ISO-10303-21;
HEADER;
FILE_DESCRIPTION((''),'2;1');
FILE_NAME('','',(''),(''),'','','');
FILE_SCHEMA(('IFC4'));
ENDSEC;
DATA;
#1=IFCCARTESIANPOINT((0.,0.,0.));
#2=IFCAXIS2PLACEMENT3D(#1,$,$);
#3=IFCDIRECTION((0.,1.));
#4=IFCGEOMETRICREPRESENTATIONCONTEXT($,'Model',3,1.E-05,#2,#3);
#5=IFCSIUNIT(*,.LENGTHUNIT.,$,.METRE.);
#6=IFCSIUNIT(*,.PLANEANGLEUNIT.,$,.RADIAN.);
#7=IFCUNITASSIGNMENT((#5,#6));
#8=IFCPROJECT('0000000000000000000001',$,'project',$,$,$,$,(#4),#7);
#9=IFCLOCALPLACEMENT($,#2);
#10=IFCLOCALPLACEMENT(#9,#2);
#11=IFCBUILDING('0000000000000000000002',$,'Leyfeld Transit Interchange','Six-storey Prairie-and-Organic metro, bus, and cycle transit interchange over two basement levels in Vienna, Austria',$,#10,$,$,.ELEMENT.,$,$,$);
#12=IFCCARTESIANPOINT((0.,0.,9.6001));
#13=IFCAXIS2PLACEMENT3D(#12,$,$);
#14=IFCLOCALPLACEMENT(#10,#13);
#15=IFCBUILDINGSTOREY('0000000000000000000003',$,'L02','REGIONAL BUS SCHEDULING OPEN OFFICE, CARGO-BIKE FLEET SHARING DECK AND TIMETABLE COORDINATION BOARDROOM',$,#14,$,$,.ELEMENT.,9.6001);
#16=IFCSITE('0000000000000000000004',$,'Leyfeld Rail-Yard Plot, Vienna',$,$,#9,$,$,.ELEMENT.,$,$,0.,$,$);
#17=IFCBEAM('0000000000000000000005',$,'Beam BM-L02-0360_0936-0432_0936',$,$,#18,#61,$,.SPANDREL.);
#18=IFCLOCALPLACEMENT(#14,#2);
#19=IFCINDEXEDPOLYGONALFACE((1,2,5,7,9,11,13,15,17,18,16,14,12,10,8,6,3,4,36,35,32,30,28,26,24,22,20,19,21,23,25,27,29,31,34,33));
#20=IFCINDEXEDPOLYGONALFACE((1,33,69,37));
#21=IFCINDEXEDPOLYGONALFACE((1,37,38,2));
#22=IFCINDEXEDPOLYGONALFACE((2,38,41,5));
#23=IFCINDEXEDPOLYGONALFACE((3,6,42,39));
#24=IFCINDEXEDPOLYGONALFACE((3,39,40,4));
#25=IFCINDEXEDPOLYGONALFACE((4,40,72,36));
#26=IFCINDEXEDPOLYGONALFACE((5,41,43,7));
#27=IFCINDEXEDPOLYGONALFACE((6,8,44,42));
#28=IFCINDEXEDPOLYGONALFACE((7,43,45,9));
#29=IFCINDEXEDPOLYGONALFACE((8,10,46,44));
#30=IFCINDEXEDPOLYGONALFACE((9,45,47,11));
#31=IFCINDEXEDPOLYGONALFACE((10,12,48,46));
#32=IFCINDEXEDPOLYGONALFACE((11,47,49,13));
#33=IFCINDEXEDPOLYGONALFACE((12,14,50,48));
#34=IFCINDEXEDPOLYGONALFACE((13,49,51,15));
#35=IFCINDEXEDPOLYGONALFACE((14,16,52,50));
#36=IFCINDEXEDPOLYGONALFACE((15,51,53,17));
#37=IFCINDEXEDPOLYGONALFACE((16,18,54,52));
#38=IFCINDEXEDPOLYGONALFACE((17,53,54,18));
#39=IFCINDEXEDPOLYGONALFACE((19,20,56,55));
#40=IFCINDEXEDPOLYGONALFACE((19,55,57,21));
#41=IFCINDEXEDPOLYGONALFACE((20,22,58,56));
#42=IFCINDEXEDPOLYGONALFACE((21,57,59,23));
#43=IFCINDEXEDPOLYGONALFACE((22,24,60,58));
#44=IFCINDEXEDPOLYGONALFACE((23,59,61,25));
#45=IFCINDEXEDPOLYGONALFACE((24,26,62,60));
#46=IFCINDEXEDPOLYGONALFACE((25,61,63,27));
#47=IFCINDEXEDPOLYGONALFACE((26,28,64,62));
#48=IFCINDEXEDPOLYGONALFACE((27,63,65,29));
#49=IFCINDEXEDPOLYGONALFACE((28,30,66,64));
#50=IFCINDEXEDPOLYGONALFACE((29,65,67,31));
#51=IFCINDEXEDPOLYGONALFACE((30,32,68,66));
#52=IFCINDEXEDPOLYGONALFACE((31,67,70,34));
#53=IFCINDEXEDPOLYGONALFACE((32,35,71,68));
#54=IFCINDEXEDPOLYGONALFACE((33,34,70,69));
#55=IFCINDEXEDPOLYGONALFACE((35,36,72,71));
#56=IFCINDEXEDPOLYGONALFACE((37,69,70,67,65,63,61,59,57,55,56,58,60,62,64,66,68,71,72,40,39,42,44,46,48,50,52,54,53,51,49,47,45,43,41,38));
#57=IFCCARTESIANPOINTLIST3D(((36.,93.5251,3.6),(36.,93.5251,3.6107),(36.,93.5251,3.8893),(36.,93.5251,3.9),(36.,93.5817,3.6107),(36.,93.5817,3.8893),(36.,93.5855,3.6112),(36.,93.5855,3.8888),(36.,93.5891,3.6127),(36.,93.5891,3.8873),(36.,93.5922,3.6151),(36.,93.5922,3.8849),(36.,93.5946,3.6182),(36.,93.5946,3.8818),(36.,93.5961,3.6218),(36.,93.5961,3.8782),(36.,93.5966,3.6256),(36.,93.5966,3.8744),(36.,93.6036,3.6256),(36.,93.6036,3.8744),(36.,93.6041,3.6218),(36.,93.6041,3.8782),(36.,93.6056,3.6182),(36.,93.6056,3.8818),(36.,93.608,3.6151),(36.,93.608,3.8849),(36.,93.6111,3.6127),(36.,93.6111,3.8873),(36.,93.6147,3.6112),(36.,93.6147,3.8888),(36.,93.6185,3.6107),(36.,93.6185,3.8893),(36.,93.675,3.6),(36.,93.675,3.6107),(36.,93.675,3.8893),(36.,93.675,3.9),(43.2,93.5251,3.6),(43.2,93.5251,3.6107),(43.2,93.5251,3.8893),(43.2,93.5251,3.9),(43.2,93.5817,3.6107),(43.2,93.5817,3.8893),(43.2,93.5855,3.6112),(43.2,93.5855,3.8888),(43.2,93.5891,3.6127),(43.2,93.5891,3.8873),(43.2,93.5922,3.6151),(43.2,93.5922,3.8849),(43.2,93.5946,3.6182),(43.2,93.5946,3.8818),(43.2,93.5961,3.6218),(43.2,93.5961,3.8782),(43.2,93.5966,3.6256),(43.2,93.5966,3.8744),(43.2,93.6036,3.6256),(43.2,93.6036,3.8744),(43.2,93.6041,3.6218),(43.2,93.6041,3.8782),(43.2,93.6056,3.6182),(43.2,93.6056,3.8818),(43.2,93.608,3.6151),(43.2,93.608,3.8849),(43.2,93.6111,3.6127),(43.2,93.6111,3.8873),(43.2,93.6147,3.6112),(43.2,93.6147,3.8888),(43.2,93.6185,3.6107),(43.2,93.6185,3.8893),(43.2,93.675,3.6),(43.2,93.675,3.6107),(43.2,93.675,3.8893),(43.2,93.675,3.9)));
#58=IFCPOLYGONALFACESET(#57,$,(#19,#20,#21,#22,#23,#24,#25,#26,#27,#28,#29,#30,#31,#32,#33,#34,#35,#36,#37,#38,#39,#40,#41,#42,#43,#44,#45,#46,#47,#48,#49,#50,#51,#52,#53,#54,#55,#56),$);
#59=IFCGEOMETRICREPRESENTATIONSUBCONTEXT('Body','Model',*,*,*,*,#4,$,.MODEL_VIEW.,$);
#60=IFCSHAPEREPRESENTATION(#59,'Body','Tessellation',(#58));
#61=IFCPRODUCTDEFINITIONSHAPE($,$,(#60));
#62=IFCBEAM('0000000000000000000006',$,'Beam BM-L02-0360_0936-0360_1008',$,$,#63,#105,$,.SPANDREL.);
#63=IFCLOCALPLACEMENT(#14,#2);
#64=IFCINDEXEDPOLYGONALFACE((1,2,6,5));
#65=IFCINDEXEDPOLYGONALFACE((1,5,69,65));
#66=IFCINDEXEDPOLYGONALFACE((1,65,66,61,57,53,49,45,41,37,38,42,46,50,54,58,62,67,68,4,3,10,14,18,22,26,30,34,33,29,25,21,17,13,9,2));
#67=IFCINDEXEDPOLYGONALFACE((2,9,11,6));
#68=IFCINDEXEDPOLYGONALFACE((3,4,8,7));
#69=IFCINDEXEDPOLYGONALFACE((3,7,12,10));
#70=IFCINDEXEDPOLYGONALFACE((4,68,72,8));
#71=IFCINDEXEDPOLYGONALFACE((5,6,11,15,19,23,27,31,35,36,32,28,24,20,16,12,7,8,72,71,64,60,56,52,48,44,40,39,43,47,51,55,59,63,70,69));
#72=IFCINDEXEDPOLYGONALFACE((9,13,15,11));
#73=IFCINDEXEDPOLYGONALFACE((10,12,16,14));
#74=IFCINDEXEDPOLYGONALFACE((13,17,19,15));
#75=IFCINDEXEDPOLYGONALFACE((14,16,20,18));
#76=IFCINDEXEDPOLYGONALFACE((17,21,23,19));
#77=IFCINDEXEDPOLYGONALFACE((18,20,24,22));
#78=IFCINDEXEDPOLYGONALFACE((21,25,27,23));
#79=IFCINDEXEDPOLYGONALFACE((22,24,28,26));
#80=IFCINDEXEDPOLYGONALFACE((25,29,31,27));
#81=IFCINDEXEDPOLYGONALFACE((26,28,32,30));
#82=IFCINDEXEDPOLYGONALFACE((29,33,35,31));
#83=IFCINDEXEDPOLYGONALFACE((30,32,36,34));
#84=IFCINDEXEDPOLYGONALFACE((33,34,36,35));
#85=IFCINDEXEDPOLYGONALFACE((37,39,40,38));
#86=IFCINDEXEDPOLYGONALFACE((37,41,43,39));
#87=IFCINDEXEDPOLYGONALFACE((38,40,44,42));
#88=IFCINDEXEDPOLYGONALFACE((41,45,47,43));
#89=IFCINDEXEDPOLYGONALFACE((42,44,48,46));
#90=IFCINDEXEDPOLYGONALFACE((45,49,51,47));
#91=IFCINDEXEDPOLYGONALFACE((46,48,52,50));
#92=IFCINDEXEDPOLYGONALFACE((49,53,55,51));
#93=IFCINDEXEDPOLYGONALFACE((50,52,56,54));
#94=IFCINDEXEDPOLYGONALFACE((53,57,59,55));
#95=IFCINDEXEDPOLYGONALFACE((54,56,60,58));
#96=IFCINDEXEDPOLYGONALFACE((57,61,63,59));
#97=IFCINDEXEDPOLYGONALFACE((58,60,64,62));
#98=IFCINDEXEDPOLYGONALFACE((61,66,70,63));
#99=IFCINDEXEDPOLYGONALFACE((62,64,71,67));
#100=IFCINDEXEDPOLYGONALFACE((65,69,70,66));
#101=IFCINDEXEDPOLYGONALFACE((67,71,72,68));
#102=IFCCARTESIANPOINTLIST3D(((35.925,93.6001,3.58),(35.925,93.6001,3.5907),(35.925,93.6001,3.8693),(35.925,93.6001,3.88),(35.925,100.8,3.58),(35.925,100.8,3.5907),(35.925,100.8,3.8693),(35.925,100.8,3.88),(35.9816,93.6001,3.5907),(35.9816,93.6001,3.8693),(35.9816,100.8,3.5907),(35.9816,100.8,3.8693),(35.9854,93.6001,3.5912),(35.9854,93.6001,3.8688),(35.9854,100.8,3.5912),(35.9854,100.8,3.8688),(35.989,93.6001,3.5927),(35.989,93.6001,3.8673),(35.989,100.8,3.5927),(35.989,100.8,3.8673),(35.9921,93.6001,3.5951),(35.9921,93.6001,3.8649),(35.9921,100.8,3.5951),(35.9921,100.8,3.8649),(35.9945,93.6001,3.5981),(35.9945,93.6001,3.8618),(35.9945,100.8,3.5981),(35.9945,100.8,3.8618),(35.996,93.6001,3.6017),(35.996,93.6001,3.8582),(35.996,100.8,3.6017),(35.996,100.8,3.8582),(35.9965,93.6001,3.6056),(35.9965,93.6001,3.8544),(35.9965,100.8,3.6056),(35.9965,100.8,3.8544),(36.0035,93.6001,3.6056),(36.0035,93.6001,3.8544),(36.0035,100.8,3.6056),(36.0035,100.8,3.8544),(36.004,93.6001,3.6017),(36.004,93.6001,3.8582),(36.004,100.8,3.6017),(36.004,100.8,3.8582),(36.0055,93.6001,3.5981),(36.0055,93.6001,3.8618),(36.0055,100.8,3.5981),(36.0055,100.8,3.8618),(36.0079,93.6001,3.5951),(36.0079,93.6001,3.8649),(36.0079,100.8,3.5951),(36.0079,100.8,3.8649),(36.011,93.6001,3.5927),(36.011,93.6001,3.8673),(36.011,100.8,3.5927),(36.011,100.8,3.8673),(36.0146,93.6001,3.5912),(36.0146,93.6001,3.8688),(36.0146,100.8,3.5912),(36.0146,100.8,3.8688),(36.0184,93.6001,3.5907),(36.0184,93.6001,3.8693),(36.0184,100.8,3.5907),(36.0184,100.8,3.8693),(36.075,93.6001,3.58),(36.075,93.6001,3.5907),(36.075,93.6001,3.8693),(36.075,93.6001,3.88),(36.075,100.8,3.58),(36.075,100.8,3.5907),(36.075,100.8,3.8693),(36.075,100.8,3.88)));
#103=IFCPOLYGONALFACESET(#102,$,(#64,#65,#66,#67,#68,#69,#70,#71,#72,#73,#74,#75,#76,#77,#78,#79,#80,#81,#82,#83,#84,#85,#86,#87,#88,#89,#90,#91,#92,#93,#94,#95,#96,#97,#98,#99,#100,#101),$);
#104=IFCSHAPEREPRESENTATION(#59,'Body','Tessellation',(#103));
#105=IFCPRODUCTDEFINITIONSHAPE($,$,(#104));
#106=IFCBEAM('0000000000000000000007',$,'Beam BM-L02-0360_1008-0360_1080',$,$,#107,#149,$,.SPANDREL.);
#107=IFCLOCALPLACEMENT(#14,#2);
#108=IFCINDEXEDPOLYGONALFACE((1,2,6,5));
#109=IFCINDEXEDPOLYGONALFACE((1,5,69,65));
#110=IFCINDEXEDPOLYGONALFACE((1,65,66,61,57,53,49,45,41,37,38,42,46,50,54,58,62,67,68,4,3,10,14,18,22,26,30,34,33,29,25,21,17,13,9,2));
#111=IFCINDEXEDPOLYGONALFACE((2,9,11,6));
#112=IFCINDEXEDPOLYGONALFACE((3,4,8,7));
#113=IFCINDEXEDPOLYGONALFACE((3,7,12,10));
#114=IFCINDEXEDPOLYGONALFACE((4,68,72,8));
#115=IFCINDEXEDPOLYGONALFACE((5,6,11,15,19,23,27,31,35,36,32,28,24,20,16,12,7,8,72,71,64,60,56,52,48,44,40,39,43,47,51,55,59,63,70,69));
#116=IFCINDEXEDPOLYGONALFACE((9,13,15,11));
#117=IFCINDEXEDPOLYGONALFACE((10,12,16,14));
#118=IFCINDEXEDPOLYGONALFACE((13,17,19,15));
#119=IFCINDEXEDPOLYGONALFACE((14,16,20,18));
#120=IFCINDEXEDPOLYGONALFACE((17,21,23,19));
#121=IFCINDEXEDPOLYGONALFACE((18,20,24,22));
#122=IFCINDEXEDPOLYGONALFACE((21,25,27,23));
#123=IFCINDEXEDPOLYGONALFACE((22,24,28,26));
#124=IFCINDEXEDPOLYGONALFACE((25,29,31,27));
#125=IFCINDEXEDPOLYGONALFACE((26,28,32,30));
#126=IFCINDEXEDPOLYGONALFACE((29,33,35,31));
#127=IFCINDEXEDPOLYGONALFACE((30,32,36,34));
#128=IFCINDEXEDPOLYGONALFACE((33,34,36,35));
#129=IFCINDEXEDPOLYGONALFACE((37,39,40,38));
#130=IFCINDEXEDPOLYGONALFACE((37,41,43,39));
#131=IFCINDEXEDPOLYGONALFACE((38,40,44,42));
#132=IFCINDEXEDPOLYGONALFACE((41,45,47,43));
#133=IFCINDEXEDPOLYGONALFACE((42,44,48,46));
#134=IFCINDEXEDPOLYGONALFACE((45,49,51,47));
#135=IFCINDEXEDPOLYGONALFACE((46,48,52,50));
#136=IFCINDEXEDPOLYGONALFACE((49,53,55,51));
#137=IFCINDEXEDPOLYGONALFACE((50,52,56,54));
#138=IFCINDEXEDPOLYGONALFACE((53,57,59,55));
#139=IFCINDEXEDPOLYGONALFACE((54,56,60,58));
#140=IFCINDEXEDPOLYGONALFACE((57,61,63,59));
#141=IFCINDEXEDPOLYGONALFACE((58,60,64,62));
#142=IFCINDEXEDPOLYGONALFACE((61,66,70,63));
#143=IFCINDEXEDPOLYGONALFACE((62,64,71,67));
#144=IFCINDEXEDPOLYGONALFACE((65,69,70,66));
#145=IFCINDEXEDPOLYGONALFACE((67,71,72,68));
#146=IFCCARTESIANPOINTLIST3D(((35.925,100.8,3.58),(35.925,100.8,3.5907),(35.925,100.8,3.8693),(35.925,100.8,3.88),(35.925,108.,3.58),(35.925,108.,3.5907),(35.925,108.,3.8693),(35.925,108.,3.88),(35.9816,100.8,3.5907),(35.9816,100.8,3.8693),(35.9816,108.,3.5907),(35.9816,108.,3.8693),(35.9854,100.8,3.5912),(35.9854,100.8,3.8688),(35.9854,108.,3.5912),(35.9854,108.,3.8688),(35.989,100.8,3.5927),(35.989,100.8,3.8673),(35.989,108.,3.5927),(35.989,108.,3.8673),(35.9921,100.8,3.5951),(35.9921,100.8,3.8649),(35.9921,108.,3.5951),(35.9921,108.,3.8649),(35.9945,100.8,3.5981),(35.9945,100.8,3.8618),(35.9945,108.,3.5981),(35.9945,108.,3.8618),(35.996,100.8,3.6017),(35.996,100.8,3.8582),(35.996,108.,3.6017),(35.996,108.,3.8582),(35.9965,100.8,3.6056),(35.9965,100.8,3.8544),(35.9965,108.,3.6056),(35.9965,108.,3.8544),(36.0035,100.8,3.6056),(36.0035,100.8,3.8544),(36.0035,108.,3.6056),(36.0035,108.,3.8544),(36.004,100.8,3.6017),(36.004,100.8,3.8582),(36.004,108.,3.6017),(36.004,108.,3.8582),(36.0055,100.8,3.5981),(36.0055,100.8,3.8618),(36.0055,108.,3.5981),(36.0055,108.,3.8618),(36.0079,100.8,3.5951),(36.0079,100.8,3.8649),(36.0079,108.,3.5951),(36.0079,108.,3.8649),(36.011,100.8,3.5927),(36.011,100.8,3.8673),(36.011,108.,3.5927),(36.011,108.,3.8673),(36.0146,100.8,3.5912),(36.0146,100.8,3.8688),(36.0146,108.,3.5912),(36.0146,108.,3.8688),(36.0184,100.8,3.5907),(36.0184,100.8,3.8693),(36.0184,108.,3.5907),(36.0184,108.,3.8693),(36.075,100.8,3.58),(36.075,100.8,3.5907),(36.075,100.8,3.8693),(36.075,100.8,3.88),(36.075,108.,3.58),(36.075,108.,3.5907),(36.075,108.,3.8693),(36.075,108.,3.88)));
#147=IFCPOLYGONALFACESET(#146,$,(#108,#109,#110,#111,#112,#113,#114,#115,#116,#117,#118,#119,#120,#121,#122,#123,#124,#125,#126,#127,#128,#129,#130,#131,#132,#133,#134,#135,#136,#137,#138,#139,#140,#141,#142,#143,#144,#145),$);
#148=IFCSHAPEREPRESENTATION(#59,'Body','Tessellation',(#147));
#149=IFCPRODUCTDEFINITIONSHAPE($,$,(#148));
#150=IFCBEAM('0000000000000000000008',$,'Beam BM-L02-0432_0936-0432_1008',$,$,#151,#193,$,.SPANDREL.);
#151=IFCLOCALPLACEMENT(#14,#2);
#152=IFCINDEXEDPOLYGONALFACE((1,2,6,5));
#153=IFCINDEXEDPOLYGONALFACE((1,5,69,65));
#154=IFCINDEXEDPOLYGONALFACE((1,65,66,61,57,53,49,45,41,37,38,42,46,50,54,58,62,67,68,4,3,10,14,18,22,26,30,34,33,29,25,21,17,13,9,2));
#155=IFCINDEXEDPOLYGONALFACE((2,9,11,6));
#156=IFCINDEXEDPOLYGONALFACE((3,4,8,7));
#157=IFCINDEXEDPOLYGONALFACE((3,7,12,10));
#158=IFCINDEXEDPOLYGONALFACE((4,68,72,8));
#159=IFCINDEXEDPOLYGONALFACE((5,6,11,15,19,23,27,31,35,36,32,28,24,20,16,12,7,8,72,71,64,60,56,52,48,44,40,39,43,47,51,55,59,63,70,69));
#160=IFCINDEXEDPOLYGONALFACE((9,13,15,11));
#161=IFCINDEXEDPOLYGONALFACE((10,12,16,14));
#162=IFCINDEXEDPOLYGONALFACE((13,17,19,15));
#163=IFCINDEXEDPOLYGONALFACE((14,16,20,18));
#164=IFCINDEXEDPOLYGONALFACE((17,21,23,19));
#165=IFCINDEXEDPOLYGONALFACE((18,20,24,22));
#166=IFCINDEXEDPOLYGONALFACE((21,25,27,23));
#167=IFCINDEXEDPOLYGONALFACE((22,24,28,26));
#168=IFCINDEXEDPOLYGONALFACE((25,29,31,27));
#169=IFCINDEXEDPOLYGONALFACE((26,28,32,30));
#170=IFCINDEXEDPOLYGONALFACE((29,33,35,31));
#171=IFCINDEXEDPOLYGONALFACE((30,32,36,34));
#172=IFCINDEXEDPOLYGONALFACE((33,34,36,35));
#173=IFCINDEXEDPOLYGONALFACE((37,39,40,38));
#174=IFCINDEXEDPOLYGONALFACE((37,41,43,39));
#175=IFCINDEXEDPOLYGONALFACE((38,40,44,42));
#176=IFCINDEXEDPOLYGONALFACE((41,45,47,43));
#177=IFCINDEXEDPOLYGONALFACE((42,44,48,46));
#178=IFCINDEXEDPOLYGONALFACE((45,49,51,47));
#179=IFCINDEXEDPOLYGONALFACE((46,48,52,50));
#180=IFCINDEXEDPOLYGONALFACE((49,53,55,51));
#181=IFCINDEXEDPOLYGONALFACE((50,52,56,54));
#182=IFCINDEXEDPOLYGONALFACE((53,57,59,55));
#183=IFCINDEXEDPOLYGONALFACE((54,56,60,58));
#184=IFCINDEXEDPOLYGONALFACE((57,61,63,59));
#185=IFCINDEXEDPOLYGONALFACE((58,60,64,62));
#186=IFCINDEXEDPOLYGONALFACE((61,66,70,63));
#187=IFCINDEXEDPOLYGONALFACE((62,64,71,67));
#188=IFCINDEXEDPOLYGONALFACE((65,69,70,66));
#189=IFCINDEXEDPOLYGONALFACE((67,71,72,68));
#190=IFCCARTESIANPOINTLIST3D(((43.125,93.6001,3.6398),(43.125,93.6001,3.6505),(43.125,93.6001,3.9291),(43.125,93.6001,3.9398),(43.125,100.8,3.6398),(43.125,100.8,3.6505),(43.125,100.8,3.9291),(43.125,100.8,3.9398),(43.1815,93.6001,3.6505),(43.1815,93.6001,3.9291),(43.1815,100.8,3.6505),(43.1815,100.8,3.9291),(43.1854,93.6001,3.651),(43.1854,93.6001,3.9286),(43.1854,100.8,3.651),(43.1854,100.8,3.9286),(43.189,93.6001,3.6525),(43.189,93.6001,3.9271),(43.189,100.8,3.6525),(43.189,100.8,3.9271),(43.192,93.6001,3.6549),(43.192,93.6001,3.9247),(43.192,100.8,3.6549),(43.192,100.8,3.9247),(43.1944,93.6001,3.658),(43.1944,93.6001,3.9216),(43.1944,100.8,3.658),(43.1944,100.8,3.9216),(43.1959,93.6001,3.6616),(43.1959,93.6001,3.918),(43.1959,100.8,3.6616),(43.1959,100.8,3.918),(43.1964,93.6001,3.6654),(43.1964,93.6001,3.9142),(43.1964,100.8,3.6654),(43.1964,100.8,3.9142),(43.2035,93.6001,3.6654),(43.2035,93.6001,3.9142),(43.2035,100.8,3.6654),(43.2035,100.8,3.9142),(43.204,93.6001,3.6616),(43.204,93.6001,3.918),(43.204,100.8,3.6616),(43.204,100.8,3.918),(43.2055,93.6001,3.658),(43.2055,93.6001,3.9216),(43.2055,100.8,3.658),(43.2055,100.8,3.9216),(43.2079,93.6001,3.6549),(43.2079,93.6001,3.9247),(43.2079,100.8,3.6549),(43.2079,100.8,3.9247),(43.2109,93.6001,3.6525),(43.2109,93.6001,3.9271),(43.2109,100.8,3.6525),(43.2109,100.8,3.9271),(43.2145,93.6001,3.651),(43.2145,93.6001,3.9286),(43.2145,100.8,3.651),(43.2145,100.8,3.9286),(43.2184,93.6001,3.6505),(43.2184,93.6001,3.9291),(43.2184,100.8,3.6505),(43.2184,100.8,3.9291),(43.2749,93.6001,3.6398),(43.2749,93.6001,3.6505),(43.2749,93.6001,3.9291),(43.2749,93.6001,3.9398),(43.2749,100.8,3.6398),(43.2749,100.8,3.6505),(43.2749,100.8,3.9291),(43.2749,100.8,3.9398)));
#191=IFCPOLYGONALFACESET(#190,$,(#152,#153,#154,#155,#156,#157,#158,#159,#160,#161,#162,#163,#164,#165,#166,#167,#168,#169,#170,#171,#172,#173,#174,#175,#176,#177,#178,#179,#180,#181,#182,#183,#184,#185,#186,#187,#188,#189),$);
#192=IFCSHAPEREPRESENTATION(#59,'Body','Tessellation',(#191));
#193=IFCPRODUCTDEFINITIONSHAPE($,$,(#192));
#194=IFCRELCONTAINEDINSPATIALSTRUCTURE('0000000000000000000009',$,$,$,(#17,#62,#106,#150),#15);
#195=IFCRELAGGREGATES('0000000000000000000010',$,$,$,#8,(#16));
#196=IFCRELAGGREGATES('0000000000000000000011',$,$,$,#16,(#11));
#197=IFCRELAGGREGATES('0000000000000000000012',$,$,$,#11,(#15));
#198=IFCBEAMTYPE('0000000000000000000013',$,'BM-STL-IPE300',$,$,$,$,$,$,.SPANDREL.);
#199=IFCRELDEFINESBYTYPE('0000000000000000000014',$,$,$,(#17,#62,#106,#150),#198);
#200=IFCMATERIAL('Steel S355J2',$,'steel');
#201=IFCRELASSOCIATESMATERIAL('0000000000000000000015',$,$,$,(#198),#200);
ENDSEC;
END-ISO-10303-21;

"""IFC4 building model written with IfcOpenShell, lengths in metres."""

from ifc_helpers import new_model, si_unit, direction, frame, origin, origin_2d, place, context, subcontext, project, spatial, i_section, extrude, material, material_profile, profile_set, type_object, element, save


model = new_model("IFC4")

# Units and contexts
model_context = context("Model", 3, precision=1e-05, world=origin(), true_north=direction((0.0, 1.0)))
body_context = subcontext(model_context, "Body", "Model", "MODEL_VIEW")
ifc_project = project(units=[si_unit("LENGTHUNIT", "METRE"), si_unit("PLANEANGLEUNIT", "RADIAN")], contexts=[model_context])

# Site, building, storey
site_placement = place(None, origin())
site = spatial("IfcSite", under=ifc_project, at=site_placement, Name="Leyfeld Rail-Yard Plot, Vienna", CompositionType="ELEMENT", RefElevation=0.0)
building_placement = place(site_placement, origin())
building = spatial("IfcBuilding", under=site, at=building_placement, Name="Leyfeld Transit Interchange", Description="Six-storey Prairie-and-Organic metro, bus, and cycle transit interchange over two basement levels in Vienna, Austria", CompositionType="ELEMENT")
storey_placement = place(building_placement, frame((0.0, 0.0, 9.6001)))
storey = spatial("IfcBuildingStorey", under=building, at=storey_placement, Name="L02", Description="REGIONAL BUS SCHEDULING OPEN OFFICE, CARGO-BIKE FLEET SHARING DECK AND TIMETABLE COORDINATION BOARDROOM", CompositionType="ELEMENT", Elevation=9.6001)

# Beams
ifc_material_1 = material(Name="Steel S355J2", Category="steel")
ifc_material_profile_1 = material_profile(ifc_material_1, i_section(OverallWidth=0.1499, OverallDepth=0.3, WebThickness=0.0071, FlangeThickness=0.0107, FilletRadius=0.0149, at=origin_2d()), Name="IPE 300")
ifc_profile_set_1 = profile_set([ifc_material_profile_1], Name="Steel S355J2")
beam_type_1 = type_object("IfcBeamType", Name="BM-STL-IPE300", PredefinedType="SPANDREL", material=ifc_profile_set_1)
for number, where, z_axis, x_axis, name in (
    (1, (36.0, 93.6001, 3.75), (1.0, 0.0, 0.0), (0.0, 1.0, 0.0), "Beam BM-L02-0360_0936-0432_0936"),
    (2, (36.0, 93.6001, 3.73), (0.0, 1.0, 0.0), (-1.0, 0.0, 0.0), "Beam BM-L02-0360_0936-0360_1008"),
    (3, (36.0, 100.8, 3.73), (0.0, 1.0, 0.0), (-1.0, 0.0, 0.0), "Beam BM-L02-0360_1008-0360_1080"),
    (4, (43.2, 93.6001, 3.7898), (0.0, 1.0, 0.0), (-1.0, 0.0, 0.0), "Beam BM-L02-0432_0936-0432_1008"),
):
    element("IfcBeam", number, at=place(storey_placement, frame(where, z_axis=z_axis, x_axis=x_axis)), inside=storey, type_object=beam_type_1, Name=name, PredefinedType="SPANDREL", context=body_context, shape_type="SweptSolid", body=[
        extrude(i_section(OverallWidth=0.1499, OverallDepth=0.3, WebThickness=0.0071, FlangeThickness=0.0107, FilletRadius=0.0149, at=origin_2d()), origin(), (0.0, 0.0, 1.0), 7.2),
    ])

save(model, "model.ifc")
